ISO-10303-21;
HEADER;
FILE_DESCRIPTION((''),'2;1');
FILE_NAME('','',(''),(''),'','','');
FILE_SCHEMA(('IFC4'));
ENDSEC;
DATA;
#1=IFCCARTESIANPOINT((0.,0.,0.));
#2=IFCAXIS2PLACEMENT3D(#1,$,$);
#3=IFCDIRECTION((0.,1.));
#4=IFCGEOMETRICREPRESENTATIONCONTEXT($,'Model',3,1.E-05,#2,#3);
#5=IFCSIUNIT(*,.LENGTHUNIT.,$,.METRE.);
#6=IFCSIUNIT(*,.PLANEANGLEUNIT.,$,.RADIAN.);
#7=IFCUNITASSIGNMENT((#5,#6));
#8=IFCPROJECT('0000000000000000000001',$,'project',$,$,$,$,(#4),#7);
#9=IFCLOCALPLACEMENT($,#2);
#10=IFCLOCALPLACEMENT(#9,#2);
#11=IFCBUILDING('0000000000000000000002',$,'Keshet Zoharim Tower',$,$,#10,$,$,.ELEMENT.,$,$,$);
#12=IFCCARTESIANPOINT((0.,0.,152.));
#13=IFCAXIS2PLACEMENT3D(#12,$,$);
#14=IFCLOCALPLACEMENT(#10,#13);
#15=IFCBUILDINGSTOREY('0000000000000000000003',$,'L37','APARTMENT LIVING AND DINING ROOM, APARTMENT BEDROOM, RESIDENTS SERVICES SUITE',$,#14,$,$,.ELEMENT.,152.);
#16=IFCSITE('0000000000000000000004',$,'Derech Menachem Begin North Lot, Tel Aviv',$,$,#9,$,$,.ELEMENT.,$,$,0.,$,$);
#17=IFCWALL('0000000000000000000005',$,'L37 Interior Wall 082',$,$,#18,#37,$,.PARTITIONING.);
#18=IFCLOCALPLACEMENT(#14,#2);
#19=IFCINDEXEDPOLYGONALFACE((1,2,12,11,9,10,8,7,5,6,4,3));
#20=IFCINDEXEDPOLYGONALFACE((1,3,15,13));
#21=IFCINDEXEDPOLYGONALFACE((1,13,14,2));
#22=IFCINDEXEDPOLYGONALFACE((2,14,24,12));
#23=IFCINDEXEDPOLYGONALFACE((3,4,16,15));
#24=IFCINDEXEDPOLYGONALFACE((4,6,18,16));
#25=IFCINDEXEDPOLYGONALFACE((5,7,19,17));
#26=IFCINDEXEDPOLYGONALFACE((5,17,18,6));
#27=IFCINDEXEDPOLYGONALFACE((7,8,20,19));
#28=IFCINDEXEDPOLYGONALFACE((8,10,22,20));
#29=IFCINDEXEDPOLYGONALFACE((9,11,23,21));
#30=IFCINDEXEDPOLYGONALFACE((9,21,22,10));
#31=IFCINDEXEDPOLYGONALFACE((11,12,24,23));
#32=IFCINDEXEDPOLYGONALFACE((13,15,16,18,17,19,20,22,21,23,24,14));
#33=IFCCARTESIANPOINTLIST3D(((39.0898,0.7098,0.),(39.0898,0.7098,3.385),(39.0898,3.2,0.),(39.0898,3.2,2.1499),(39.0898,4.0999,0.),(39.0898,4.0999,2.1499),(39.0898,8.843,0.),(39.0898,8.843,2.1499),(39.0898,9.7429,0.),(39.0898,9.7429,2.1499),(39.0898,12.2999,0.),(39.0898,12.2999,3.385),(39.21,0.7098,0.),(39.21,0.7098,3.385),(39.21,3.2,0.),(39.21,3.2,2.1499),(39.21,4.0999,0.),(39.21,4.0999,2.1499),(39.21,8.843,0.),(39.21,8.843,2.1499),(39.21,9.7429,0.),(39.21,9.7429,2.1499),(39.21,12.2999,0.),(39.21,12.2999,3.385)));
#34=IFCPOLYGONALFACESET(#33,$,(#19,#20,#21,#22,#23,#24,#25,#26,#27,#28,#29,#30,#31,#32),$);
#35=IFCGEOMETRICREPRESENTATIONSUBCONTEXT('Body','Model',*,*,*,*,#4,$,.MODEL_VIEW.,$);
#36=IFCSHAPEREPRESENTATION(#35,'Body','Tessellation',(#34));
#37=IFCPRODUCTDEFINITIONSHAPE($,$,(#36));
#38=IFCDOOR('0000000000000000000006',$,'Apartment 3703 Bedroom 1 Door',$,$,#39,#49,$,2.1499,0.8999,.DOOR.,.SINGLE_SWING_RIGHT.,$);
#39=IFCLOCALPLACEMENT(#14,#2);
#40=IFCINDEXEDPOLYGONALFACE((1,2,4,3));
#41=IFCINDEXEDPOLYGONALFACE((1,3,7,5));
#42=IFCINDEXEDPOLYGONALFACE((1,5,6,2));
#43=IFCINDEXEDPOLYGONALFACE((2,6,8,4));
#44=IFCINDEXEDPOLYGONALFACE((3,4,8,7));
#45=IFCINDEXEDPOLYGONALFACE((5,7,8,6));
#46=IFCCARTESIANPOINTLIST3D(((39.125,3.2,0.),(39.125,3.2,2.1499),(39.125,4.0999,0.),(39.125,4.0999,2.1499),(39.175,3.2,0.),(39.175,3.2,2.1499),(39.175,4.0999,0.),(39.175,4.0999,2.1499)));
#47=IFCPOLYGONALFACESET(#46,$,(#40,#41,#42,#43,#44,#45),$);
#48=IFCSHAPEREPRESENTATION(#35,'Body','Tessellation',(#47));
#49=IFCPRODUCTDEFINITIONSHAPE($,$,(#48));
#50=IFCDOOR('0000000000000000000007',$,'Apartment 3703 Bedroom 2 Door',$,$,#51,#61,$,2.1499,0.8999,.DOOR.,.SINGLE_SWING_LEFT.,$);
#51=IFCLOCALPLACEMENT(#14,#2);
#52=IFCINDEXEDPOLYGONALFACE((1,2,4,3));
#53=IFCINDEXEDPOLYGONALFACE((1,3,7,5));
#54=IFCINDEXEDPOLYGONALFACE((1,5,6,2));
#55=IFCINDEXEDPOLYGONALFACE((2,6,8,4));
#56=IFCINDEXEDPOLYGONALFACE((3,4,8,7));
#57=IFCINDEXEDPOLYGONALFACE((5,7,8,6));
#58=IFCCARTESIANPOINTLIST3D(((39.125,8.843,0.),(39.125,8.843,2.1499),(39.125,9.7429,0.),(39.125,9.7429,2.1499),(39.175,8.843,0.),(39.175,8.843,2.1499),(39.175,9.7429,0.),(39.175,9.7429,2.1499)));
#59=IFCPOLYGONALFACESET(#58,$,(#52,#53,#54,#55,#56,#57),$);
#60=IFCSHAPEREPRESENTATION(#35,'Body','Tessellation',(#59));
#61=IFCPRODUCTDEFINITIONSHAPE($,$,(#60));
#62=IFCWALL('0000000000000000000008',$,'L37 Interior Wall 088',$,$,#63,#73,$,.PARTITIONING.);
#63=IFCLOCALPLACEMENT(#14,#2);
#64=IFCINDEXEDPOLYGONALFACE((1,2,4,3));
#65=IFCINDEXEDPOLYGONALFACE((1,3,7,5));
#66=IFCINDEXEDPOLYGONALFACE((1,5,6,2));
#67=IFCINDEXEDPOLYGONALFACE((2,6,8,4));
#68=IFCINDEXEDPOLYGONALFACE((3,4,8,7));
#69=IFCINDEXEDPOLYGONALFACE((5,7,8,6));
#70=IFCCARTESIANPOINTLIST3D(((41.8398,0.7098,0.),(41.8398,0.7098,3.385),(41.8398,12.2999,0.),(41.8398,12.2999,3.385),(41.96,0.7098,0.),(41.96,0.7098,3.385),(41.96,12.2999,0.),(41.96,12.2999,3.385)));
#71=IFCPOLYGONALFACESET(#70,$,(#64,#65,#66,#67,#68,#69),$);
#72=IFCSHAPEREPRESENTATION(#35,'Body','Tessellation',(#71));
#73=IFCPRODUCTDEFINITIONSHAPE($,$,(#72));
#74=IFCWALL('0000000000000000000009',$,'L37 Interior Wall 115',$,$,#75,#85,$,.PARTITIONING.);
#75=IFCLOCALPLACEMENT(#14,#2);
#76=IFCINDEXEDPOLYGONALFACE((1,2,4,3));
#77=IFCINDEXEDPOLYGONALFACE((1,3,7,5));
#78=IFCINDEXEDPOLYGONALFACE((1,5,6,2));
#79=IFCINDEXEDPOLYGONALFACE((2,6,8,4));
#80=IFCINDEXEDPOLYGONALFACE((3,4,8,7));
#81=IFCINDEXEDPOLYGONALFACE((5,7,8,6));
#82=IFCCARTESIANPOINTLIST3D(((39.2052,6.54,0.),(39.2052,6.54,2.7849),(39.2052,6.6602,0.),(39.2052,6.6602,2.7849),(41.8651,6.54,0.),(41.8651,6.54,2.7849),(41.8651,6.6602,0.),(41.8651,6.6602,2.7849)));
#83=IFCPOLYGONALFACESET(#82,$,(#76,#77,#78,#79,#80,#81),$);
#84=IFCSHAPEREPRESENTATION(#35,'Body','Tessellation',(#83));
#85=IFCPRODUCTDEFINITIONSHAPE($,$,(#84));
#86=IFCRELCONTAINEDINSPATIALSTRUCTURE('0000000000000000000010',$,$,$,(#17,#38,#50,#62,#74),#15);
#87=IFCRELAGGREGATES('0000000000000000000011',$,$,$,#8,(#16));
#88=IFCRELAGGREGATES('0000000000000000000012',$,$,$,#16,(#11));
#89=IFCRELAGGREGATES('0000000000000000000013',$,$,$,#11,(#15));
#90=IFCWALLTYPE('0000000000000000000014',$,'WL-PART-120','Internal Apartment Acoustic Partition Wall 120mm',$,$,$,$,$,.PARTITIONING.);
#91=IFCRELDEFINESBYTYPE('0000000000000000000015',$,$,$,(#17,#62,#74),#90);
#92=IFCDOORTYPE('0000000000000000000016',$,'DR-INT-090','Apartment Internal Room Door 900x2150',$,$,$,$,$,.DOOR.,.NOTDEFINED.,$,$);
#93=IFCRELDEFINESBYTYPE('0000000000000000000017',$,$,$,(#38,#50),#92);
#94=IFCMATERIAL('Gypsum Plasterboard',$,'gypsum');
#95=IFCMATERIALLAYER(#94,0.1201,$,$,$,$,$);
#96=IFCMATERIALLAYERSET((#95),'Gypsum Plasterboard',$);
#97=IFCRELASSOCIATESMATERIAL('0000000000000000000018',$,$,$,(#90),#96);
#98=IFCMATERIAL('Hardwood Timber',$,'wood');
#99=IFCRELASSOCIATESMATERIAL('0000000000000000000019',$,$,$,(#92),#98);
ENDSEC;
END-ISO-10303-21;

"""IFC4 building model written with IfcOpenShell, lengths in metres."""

from ifc_helpers import new_model, si_unit, direction, frame, frame_2d, origin, place, context, subcontext, project, spatial, rectangle, extrude, material, layer, layer_set, type_object, element, fill, save


model = new_model("IFC4")

# Units and contexts
model_context = context("Model", 3, precision=1e-05, world=origin(), true_north=direction((0.0, 1.0)))
body_context = subcontext(model_context, "Body", "Model", "MODEL_VIEW")
ifc_project = project(units=[si_unit("LENGTHUNIT", "METRE"), si_unit("PLANEANGLEUNIT", "RADIAN")], contexts=[model_context])

# Site, building, storey
site_placement = place(None, origin())
site = spatial("IfcSite", under=ifc_project, at=site_placement, Name="Derech Menachem Begin North Lot, Tel Aviv", CompositionType="ELEMENT", RefElevation=0.0)
building_placement = place(site_placement, origin())
building = spatial("IfcBuilding", under=site, at=building_placement, Name="Keshet Zoharim Tower", CompositionType="ELEMENT")
storey_placement = place(building_placement, frame((0.0, 0.0, 152.0)))
storey = spatial("IfcBuildingStorey", under=building, at=storey_placement, Name="L37", Description="APARTMENT LIVING AND DINING ROOM, APARTMENT BEDROOM, RESIDENTS SERVICES SUITE", CompositionType="ELEMENT", Elevation=152.0)

# Shared definitions
ifc_material_1 = material(Name="Gypsum Plasterboard", Category="gypsum")
ifc_layer_1 = layer(ifc_material_1, 0.1201)
ifc_layer_set_1 = layer_set([ifc_layer_1], Name="Gypsum Plasterboard")
wall_type = type_object("IfcWallType", Name="WL-PART-120", Description="Internal Apartment Acoustic Partition Wall 120mm", PredefinedType="PARTITIONING", material=ifc_layer_set_1)

# Wall, openings, doors
wall_1_placement = place(storey_placement, frame((39.1499, 0.71, 0.0), z_axis=(0.0, 0.0, 1.0), x_axis=(0.0, 1.0, 0.0)))
wall_1 = element("IfcWall", 1, at=wall_1_placement, inside=storey, type_object=wall_type, Name="L37 Interior Wall 082", PredefinedType="PARTITIONING", context=body_context, shape_type="SweptSolid", body=[
    extrude(rectangle(XDim=11.5901, YDim=0.1201, at=frame_2d((5.7949, 0.0))), origin(), (0.0, 0.0, 1.0), 3.385),
])
opening_1_placement = place(wall_1_placement, frame((2.49, 0.0, 0.0)))
opening_1 = element("IfcOpeningElement", 2, at=opening_1_placement, cuts=wall_1, PredefinedType="OPENING", context=body_context, shape_type="SweptSolid", body=[
    extrude(rectangle(XDim=0.8999, YDim=2.1499, at=frame_2d((0.45, 1.075))), frame((0.0, 0.0701, 0.0), z_axis=(0.0, -1.0, 0.0), x_axis=(1.0, 0.0, 0.0)), (0.0, 0.0, 1.0), 0.1401),
])
opening_2_placement = place(wall_1_placement, frame((8.1331, 0.0, 0.0)))
opening_2 = element("IfcOpeningElement", 3, at=opening_2_placement, cuts=wall_1, PredefinedType="OPENING", context=body_context, shape_type="SweptSolid", body=[
    extrude(rectangle(XDim=0.8999, YDim=2.1499, at=frame_2d((0.45, 1.075))), frame((0.0, 0.0701, 0.0), z_axis=(0.0, -1.0, 0.0), x_axis=(1.0, 0.0, 0.0)), (0.0, 0.0, 1.0), 0.1401),
])
ifc_material_2 = material(Name="Hardwood Timber", Category="wood")
door_type = type_object("IfcDoorType", Name="DR-INT-090", Description="Apartment Internal Room Door 900x2150", OperationType="NOTDEFINED", PredefinedType="DOOR", material=ifc_material_2)
door_1_placement = place(opening_1_placement, origin())
door_1 = element("IfcDoor", 4, at=door_1_placement, inside=storey, type_object=door_type, Name="Apartment 3703 Bedroom 1 Door", OperationType="SINGLE_SWING_RIGHT", OverallHeight=2.1499, OverallWidth=0.8999, PredefinedType="DOOR", context=body_context, shape_type="SweptSolid", body=[
    extrude(rectangle(XDim=0.8999, YDim=2.1499, at=frame_2d((0.45, 1.075))), frame((0.0, 0.0249, 0.0), z_axis=(0.0, -1.0, 0.0), x_axis=(1.0, 0.0, 0.0)), (0.0, 0.0, 1.0), 0.05),
])
fill(opening_1, door_1)
door_2_placement = place(opening_2_placement, origin())
door_2 = element("IfcDoor", 5, at=door_2_placement, inside=storey, type_object=door_type, Name="Apartment 3703 Bedroom 2 Door", OperationType="SINGLE_SWING_LEFT", OverallHeight=2.1499, OverallWidth=0.8999, PredefinedType="DOOR", context=body_context, shape_type="SweptSolid", body=[
    extrude(rectangle(XDim=0.8999, YDim=2.1499, at=frame_2d((0.45, 1.075))), frame((0.0, 0.0249, 0.0), z_axis=(0.0, -1.0, 0.0), x_axis=(1.0, 0.0, 0.0)), (0.0, 0.0, 1.0), 0.05),
])
fill(opening_2, door_2)

# Walls
wall_2_placement = place(storey_placement, frame((41.8999, 0.71, 0.0), z_axis=(0.0, 0.0, 1.0), x_axis=(0.0, 1.0, 0.0)))
element("IfcWall", 6, at=wall_2_placement, inside=storey, type_object=wall_type, Name="L37 Interior Wall 088", PredefinedType="PARTITIONING", context=body_context, shape_type="SweptSolid", body=[
    extrude(rectangle(XDim=11.5901, YDim=0.1201, at=frame_2d((5.7949, 0.0))), origin(), (0.0, 0.0, 1.0), 3.385),
])
wall_3_placement = place(storey_placement, frame((39.2051, 6.6001, 0.0), z_axis=(0.0, 0.0, 1.0), x_axis=(1.0, 0.0, 0.0)))
element("IfcWall", 7, at=wall_3_placement, inside=storey, type_object=wall_type, Name="L37 Interior Wall 115", PredefinedType="PARTITIONING", context=body_context, shape_type="SweptSolid", body=[
    extrude(rectangle(XDim=2.6599, YDim=0.1201, at=frame_2d((1.3301, 0.0))), origin(), (0.0, 0.0, 1.0), 2.7849),
])

save(model, "model.ifc")
